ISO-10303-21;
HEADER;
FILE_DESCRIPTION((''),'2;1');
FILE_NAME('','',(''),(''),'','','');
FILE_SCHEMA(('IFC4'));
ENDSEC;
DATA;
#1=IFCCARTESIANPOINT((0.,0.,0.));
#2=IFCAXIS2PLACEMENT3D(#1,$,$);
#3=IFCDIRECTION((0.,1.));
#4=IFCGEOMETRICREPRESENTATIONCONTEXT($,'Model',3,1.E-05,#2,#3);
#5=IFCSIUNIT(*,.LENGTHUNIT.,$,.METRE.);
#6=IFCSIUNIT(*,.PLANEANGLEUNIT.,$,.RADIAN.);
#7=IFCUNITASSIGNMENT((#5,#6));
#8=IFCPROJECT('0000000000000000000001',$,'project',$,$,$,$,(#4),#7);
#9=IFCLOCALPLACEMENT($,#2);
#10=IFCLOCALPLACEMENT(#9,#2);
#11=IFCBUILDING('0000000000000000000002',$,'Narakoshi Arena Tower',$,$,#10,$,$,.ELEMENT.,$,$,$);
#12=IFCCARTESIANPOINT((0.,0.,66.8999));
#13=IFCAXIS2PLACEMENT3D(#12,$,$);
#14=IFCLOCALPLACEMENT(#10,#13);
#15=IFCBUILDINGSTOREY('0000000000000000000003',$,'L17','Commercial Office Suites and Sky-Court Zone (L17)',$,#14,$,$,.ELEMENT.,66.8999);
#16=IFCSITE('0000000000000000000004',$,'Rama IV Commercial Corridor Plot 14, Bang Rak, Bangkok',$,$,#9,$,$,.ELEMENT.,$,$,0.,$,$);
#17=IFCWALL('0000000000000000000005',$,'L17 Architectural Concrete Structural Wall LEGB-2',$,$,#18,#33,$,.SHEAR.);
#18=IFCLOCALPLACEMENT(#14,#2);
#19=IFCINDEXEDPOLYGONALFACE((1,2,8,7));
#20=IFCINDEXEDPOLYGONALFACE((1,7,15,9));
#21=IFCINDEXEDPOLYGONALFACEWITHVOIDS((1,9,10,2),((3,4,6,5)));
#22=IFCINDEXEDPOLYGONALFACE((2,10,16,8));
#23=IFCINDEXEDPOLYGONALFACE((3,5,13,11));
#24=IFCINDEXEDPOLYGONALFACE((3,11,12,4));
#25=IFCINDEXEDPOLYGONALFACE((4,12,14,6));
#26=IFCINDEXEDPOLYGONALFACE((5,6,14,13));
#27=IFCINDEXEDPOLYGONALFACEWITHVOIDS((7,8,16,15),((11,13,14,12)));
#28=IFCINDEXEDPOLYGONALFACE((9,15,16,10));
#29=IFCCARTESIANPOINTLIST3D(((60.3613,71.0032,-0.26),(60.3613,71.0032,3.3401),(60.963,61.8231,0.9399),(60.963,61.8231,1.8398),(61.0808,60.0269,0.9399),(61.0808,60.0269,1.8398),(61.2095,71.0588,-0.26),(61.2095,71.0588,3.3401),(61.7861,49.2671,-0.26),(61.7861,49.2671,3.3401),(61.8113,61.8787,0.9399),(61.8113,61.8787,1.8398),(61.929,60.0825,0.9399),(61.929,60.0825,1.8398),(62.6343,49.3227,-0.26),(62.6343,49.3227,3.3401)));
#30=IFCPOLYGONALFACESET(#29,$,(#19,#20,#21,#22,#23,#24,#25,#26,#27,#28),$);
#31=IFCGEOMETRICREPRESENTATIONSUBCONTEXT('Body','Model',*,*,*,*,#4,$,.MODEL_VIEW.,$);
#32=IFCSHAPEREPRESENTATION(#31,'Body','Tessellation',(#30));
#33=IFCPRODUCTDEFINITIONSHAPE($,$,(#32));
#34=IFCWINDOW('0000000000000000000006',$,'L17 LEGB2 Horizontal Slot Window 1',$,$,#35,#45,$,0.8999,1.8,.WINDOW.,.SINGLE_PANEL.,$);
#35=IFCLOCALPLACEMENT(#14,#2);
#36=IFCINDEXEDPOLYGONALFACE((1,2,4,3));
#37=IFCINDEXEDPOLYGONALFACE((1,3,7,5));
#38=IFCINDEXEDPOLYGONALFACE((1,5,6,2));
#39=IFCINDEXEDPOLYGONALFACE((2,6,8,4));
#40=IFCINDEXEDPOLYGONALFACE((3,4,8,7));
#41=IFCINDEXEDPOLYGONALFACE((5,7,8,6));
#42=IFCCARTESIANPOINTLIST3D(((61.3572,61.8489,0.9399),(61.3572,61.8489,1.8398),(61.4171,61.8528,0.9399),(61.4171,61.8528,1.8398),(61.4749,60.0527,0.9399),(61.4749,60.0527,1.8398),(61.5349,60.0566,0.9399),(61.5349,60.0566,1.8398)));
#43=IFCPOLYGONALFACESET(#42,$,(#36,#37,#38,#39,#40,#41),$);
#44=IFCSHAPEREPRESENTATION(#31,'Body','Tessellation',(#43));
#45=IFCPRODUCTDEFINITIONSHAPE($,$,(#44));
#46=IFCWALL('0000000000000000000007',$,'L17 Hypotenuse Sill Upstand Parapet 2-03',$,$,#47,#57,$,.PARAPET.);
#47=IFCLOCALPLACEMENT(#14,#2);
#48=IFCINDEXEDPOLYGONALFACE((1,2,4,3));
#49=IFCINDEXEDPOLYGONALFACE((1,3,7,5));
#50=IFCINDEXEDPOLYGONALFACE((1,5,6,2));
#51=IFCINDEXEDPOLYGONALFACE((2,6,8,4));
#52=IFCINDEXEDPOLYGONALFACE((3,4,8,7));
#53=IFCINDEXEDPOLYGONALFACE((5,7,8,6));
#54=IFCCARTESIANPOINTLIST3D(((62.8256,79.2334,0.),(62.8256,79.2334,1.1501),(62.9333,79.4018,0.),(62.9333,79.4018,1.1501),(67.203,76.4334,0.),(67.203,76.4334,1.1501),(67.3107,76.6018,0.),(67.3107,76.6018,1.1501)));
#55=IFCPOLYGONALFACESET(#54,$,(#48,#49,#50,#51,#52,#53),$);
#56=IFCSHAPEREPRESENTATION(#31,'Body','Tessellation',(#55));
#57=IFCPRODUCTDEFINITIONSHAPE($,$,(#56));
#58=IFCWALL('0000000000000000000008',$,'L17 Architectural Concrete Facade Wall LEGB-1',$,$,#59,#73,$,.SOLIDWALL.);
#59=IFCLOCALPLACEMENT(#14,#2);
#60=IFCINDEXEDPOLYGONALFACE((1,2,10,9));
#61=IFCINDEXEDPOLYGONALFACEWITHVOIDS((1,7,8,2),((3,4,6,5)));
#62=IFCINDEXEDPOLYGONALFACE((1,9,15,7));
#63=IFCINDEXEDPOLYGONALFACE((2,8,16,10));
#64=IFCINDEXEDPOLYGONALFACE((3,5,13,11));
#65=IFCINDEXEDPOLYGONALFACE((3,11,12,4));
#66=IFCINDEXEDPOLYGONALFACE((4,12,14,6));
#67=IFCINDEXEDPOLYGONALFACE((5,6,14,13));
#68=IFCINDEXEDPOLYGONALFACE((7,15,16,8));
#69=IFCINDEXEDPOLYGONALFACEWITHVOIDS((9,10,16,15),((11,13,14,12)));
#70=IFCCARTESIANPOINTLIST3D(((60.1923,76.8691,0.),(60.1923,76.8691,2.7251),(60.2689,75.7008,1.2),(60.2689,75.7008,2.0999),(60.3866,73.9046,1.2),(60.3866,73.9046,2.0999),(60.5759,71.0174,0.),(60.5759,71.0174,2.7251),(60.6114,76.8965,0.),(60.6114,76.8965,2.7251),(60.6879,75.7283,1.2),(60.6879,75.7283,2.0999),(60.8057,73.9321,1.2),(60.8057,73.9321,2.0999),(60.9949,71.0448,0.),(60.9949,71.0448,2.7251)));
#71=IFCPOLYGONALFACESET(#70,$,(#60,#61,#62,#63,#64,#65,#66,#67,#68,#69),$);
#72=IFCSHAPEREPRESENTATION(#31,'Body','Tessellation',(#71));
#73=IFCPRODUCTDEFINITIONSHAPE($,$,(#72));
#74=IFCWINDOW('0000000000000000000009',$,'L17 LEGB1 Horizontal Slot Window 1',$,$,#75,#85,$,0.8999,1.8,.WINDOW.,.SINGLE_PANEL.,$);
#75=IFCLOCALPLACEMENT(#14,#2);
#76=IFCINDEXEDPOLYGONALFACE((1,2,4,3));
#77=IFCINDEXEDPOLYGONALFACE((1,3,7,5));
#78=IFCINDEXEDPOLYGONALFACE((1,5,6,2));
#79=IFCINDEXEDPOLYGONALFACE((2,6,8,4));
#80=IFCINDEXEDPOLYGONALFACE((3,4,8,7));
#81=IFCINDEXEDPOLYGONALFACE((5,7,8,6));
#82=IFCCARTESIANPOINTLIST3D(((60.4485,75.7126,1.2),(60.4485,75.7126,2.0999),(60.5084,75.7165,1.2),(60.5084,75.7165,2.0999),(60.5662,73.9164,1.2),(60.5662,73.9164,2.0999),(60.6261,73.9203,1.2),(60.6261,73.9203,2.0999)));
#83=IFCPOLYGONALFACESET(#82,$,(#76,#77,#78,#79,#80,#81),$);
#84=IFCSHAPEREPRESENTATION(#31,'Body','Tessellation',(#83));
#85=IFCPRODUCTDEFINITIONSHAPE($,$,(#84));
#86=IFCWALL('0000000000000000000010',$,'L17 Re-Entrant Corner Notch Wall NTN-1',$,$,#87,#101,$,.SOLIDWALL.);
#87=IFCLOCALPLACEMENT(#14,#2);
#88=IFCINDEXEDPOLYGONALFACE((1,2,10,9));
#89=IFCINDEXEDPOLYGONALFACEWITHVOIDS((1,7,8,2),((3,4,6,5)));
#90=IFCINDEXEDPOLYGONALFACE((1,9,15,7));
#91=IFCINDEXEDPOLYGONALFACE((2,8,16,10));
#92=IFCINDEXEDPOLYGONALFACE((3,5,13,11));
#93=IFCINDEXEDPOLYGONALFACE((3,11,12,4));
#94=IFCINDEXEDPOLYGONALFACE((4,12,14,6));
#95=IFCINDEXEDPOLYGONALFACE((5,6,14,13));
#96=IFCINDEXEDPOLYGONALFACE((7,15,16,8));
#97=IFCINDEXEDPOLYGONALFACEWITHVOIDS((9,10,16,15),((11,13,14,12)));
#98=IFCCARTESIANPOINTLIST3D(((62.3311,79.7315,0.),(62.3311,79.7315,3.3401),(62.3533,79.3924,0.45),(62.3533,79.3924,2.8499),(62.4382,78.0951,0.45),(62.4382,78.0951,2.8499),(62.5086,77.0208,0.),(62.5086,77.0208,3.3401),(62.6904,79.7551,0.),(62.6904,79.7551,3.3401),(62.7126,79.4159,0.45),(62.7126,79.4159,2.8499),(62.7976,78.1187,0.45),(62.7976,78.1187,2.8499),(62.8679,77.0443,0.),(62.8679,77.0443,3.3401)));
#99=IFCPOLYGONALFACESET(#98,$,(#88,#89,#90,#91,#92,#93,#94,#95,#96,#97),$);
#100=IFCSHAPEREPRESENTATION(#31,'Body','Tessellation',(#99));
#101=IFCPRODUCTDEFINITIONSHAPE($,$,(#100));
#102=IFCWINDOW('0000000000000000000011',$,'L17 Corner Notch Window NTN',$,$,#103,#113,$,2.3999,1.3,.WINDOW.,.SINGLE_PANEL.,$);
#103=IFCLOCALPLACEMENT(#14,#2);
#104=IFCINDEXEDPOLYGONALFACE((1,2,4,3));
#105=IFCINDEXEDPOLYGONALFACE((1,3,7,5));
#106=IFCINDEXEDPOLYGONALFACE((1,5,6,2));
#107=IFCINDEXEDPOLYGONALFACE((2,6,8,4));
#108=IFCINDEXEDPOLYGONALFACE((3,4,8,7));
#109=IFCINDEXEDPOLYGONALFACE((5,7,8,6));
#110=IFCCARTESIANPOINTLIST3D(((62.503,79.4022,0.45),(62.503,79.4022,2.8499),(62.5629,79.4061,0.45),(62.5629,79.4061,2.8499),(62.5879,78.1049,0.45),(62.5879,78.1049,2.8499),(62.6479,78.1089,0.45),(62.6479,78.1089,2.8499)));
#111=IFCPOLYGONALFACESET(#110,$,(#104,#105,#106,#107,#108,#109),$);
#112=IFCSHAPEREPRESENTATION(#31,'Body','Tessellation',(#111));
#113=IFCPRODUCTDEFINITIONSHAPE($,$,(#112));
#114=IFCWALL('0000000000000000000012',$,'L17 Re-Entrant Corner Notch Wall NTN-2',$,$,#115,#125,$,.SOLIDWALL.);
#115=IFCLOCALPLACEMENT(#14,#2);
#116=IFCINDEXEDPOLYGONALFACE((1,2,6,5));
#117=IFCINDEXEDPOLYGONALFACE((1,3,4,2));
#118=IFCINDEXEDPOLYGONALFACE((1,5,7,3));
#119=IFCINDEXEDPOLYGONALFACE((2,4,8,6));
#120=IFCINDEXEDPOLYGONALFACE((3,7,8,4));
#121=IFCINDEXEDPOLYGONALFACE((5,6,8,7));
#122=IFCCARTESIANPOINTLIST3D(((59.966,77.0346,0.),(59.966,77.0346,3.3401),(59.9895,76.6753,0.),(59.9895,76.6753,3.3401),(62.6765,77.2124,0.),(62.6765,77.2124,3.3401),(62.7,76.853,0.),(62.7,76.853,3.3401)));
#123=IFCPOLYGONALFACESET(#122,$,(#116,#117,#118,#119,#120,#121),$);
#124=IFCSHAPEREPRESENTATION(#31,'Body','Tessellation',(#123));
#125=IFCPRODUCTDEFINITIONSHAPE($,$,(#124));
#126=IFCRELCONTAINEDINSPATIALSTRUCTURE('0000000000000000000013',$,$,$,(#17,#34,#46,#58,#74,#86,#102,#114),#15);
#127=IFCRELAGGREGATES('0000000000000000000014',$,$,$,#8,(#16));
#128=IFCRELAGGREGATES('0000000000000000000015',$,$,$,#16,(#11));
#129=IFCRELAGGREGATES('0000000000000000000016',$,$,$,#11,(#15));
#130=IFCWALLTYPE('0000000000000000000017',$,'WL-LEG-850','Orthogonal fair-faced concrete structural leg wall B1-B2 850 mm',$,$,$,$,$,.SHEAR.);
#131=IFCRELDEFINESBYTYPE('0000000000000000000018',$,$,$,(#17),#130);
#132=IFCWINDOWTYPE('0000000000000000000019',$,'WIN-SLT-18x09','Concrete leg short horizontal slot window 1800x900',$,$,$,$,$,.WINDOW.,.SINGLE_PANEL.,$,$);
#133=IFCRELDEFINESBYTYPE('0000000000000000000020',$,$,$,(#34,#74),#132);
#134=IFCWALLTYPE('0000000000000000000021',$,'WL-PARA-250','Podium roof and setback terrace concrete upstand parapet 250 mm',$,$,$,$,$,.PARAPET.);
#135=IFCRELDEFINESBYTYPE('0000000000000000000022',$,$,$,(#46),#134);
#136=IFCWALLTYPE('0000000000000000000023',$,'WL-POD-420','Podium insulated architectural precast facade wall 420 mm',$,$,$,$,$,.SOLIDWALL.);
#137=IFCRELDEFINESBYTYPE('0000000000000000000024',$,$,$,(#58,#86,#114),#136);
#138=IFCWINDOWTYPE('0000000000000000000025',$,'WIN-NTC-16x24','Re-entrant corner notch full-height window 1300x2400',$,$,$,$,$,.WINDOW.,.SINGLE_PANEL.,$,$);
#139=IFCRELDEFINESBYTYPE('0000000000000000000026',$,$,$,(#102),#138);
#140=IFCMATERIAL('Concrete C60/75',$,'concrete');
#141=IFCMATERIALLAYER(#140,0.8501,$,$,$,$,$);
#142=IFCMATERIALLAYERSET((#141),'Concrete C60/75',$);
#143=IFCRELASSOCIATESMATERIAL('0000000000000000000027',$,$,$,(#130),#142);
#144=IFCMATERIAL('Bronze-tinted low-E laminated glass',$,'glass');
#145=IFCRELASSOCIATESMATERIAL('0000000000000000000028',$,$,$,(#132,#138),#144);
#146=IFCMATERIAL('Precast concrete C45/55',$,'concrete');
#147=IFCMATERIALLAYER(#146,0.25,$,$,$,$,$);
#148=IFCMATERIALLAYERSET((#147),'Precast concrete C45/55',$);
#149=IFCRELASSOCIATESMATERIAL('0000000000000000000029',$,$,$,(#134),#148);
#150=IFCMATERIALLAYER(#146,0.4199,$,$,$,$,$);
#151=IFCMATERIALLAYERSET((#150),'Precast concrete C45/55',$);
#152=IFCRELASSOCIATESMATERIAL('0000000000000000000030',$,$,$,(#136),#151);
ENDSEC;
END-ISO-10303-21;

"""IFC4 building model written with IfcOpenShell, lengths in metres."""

from ifc_helpers import new_model, si_unit, direction, frame, frame_2d, origin, place, context, subcontext, project, spatial, rectangle, extrude, material, layer, layer_set, type_object, element, fill, save


model = new_model("IFC4")

# Units and contexts
model_context = context("Model", 3, precision=1e-05, world=origin(), true_north=direction((0.0, 1.0)))
body_context = subcontext(model_context, "Body", "Model", "MODEL_VIEW")
ifc_project = project(units=[si_unit("LENGTHUNIT", "METRE"), si_unit("PLANEANGLEUNIT", "RADIAN")], contexts=[model_context])

# Site, building, storey
site_placement = place(None, origin())
site = spatial("IfcSite", under=ifc_project, at=site_placement, Name="Rama IV Commercial Corridor Plot 14, Bang Rak, Bangkok", CompositionType="ELEMENT", RefElevation=0.0)
building_placement = place(site_placement, origin())
building = spatial("IfcBuilding", under=site, at=building_placement, Name="Narakoshi Arena Tower", CompositionType="ELEMENT")
storey_placement = place(building_placement, frame((0.0, 0.0, 66.8999)))
storey = spatial("IfcBuildingStorey", under=building, at=storey_placement, Name="L17", Description="Commercial Office Suites and Sky-Court Zone (L17)", CompositionType="ELEMENT", Elevation=66.8999)

# Shared definitions
ifc_material_1 = material(Name="Concrete C60/75", Category="concrete")

# Shared definitions
ifc_material_2 = material(Name="Bronze-tinted low-E laminated glass", Category="glass")

# Wall, opening, window
ifc_layer_1 = layer(ifc_material_1, 0.8501)
ifc_layer_set_1 = layer_set([ifc_layer_1], Name="Concrete C60/75")
wall_type_1 = type_object("IfcWallType", Name="WL-LEG-850", Description="Orthogonal fair-faced concrete structural leg wall B1-B2 850 mm", PredefinedType="SHEAR", material=ifc_layer_set_1)
wall_1_placement = place(storey_placement, frame((60.7854, 71.031, -0.26), z_axis=(0.0, 0.0, 1.0), x_axis=(0.06541, -0.997858, 0.0)))
wall_1 = element("IfcWall", 1, at=wall_1_placement, inside=storey, type_object=wall_type_1, Name="L17 Architectural Concrete Structural Wall LEGB-2", PredefinedType="SHEAR", context=body_context, shape_type="SweptSolid", body=[
    extrude(rectangle(XDim=21.7827, YDim=0.8501, at=frame_2d((10.8914, 0.0))), origin(), (0.0, 0.0, 1.0), 3.6001),
])
opening_1_placement = place(wall_1_placement, frame((9.2, 0.0, 1.2)))
opening_1 = element("IfcOpeningElement", 2, at=opening_1_placement, cuts=wall_1, PredefinedType="OPENING", context=body_context, shape_type="SweptSolid", body=[
    extrude(rectangle(XDim=1.8, YDim=0.8999, at=frame_2d((0.8999, 0.45))), frame((0.0, 0.4351, 0.0), z_axis=(0.0, -1.0, 0.0), x_axis=(1.0, 0.0, 0.0)), (0.0, 0.0, 1.0), 0.8701),
])
window_type_1 = type_object("IfcWindowType", Name="WIN-SLT-18x09", Description="Concrete leg short horizontal slot window 1800x900", PartitioningType="SINGLE_PANEL", PredefinedType="WINDOW", material=ifc_material_2)
window_1_placement = place(opening_1_placement, origin())
window_1 = element("IfcWindow", 3, at=window_1_placement, inside=storey, type_object=window_type_1, Name="L17 LEGB2 Horizontal Slot Window 1", OverallHeight=0.8999, OverallWidth=1.8, PartitioningType="SINGLE_PANEL", PredefinedType="WINDOW", context=body_context, shape_type="SweptSolid", body=[
    extrude(rectangle(XDim=1.8, YDim=0.8999, at=frame_2d((0.8999, 0.45))), frame((0.0, 0.03, 0.0), z_axis=(0.0, -1.0, 0.0), x_axis=(1.0, 0.0, 0.0)), (0.0, 0.0, 1.0), 0.0601),
])
fill(opening_1, window_1)

# Wall
ifc_material_3 = material(Name="Precast concrete C45/55", Category="concrete")
ifc_layer_2 = layer(ifc_material_3, 0.25)
ifc_layer_set_2 = layer_set([ifc_layer_2], Name="Precast concrete C45/55")
wall_type_2 = type_object("IfcWallType", Name="WL-PARA-250", Description="Podium roof and setback terrace concrete upstand parapet 250 mm", PredefinedType="PARAPET", material=ifc_layer_set_2)
wall_2_placement = place(storey_placement, frame((67.2568, 76.5176, 0.0), z_axis=(0.0, 0.0, 1.0), x_axis=(-0.842404, 0.538847, 0.0)))
element("IfcWall", 4, at=wall_2_placement, inside=storey, type_object=wall_type_2, Name="L17 Hypotenuse Sill Upstand Parapet 2-03", PredefinedType="PARAPET", context=body_context, shape_type="SweptSolid", body=[
    extrude(rectangle(XDim=5.1963, YDim=0.2, at=frame_2d((2.5981, 0.0))), origin(), (0.0, 0.0, 1.0), 1.1501),
])

# Walls, openings, windows
ifc_layer_3 = layer(ifc_material_3, 0.4199)
ifc_layer_set_3 = layer_set([ifc_layer_3], Name="Precast concrete C45/55")
wall_type_3 = type_object("IfcWallType", Name="WL-POD-420", Description="Podium insulated architectural precast facade wall 420 mm", PredefinedType="SOLIDWALL", material=ifc_layer_set_3)
wall_3_placement = place(storey_placement, frame((60.4019, 76.8828, 0.0), z_axis=(0.0, 0.0, 1.0), x_axis=(0.065403, -0.997859, 0.0)))
wall_3 = element("IfcWall", 5, at=wall_3_placement, inside=storey, type_object=wall_type_3, Name="L17 Architectural Concrete Facade Wall LEGB-1", PredefinedType="SOLIDWALL", context=body_context, shape_type="SweptSolid", body=[
    extrude(rectangle(XDim=5.8643, YDim=0.4199, at=frame_2d((2.9321, 0.0))), origin(), (0.0, 0.0, 1.0), 2.7251),
])
opening_2_placement = place(wall_3_placement, frame((1.1709, 0.0, 1.2)))
opening_2 = element("IfcOpeningElement", 6, at=opening_2_placement, cuts=wall_3, PredefinedType="OPENING", context=body_context, shape_type="SweptSolid", body=[
    extrude(rectangle(XDim=1.8, YDim=0.8999, at=frame_2d((0.8999, 0.45))), frame((0.0, 0.22, 0.0), z_axis=(0.0, -1.0, 0.0), x_axis=(1.0, 0.0, 0.0)), (0.0, 0.0, 1.0), 0.4399),
])
window_2_placement = place(opening_2_placement, origin())
window_2 = element("IfcWindow", 7, at=window_2_placement, inside=storey, type_object=window_type_1, Name="L17 LEGB1 Horizontal Slot Window 1", OverallHeight=0.8999, OverallWidth=1.8, PartitioningType="SINGLE_PANEL", PredefinedType="WINDOW", context=body_context, shape_type="SweptSolid", body=[
    extrude(rectangle(XDim=1.8, YDim=0.8999, at=frame_2d((0.8999, 0.45))), frame((0.0, 0.03, 0.0), z_axis=(0.0, -1.0, 0.0), x_axis=(1.0, 0.0, 0.0)), (0.0, 0.0, 1.0), 0.0601),
])
fill(opening_2, window_2)
wall_4_placement = place(storey_placement, frame((62.5107, 79.7434, 0.0), z_axis=(0.0, 0.0, 1.0), x_axis=(0.065338, -0.997863, 0.0)))
wall_4 = element("IfcWall", 8, at=wall_4_placement, inside=storey, type_object=wall_type_3, Name="L17 Re-Entrant Corner Notch Wall NTN-1", PredefinedType="SOLIDWALL", context=body_context, shape_type="SweptSolid", body=[
    extrude(rectangle(XDim=2.7166, YDim=0.3601, at=frame_2d((1.3584, 0.0))), origin(), (0.0, 0.0, 1.0), 3.3401),
])
opening_3_placement = place(wall_4_placement, frame((0.3401, 0.0, 0.45)))
opening_3 = element("IfcOpeningElement", 9, at=opening_3_placement, cuts=wall_4, PredefinedType="OPENING", context=body_context, shape_type="SweptSolid", body=[
    extrude(rectangle(XDim=1.3, YDim=2.3999, at=frame_2d((0.6499, 1.2))), frame((0.0, 0.1899, 0.0), z_axis=(0.0, -1.0, 0.0), x_axis=(1.0, 0.0, 0.0)), (0.0, 0.0, 1.0), 0.3801),
])
window_type_2 = type_object("IfcWindowType", Name="WIN-NTC-16x24", Description="Re-entrant corner notch full-height window 1300x2400", PartitioningType="SINGLE_PANEL", PredefinedType="WINDOW", material=ifc_material_2)
window_3_placement = place(opening_3_placement, origin())
window_3 = element("IfcWindow", 10, at=window_3_placement, inside=storey, type_object=window_type_2, Name="L17 Corner Notch Window NTN", OverallHeight=2.3999, OverallWidth=1.3, PartitioningType="SINGLE_PANEL", PredefinedType="WINDOW", context=body_context, shape_type="SweptSolid", body=[
    extrude(rectangle(XDim=1.3, YDim=2.3999, at=frame_2d((0.6499, 1.2))), frame((0.0, 0.03, 0.0), z_axis=(0.0, -1.0, 0.0), x_axis=(1.0, 0.0, 0.0)), (0.0, 0.0, 1.0), 0.0601),
])
fill(opening_3, window_3)

# Wall
wall_5_placement = place(storey_placement, frame((62.6882, 77.0327, 0.0), z_axis=(0.0, 0.0, 1.0), x_axis=(-0.997857, -0.065433, 0.0)))
element("IfcWall", 11, at=wall_5_placement, inside=storey, type_object=wall_type_3, Name="L17 Re-Entrant Corner Notch Wall NTN-2", PredefinedType="SOLIDWALL", context=body_context, shape_type="SweptSolid", body=[
    extrude(rectangle(XDim=2.7163, YDim=0.3601, at=frame_2d((1.3582, 0.0))), origin(), (0.0, 0.0, 1.0), 3.3401),
])

save(model, "model.ifc")
